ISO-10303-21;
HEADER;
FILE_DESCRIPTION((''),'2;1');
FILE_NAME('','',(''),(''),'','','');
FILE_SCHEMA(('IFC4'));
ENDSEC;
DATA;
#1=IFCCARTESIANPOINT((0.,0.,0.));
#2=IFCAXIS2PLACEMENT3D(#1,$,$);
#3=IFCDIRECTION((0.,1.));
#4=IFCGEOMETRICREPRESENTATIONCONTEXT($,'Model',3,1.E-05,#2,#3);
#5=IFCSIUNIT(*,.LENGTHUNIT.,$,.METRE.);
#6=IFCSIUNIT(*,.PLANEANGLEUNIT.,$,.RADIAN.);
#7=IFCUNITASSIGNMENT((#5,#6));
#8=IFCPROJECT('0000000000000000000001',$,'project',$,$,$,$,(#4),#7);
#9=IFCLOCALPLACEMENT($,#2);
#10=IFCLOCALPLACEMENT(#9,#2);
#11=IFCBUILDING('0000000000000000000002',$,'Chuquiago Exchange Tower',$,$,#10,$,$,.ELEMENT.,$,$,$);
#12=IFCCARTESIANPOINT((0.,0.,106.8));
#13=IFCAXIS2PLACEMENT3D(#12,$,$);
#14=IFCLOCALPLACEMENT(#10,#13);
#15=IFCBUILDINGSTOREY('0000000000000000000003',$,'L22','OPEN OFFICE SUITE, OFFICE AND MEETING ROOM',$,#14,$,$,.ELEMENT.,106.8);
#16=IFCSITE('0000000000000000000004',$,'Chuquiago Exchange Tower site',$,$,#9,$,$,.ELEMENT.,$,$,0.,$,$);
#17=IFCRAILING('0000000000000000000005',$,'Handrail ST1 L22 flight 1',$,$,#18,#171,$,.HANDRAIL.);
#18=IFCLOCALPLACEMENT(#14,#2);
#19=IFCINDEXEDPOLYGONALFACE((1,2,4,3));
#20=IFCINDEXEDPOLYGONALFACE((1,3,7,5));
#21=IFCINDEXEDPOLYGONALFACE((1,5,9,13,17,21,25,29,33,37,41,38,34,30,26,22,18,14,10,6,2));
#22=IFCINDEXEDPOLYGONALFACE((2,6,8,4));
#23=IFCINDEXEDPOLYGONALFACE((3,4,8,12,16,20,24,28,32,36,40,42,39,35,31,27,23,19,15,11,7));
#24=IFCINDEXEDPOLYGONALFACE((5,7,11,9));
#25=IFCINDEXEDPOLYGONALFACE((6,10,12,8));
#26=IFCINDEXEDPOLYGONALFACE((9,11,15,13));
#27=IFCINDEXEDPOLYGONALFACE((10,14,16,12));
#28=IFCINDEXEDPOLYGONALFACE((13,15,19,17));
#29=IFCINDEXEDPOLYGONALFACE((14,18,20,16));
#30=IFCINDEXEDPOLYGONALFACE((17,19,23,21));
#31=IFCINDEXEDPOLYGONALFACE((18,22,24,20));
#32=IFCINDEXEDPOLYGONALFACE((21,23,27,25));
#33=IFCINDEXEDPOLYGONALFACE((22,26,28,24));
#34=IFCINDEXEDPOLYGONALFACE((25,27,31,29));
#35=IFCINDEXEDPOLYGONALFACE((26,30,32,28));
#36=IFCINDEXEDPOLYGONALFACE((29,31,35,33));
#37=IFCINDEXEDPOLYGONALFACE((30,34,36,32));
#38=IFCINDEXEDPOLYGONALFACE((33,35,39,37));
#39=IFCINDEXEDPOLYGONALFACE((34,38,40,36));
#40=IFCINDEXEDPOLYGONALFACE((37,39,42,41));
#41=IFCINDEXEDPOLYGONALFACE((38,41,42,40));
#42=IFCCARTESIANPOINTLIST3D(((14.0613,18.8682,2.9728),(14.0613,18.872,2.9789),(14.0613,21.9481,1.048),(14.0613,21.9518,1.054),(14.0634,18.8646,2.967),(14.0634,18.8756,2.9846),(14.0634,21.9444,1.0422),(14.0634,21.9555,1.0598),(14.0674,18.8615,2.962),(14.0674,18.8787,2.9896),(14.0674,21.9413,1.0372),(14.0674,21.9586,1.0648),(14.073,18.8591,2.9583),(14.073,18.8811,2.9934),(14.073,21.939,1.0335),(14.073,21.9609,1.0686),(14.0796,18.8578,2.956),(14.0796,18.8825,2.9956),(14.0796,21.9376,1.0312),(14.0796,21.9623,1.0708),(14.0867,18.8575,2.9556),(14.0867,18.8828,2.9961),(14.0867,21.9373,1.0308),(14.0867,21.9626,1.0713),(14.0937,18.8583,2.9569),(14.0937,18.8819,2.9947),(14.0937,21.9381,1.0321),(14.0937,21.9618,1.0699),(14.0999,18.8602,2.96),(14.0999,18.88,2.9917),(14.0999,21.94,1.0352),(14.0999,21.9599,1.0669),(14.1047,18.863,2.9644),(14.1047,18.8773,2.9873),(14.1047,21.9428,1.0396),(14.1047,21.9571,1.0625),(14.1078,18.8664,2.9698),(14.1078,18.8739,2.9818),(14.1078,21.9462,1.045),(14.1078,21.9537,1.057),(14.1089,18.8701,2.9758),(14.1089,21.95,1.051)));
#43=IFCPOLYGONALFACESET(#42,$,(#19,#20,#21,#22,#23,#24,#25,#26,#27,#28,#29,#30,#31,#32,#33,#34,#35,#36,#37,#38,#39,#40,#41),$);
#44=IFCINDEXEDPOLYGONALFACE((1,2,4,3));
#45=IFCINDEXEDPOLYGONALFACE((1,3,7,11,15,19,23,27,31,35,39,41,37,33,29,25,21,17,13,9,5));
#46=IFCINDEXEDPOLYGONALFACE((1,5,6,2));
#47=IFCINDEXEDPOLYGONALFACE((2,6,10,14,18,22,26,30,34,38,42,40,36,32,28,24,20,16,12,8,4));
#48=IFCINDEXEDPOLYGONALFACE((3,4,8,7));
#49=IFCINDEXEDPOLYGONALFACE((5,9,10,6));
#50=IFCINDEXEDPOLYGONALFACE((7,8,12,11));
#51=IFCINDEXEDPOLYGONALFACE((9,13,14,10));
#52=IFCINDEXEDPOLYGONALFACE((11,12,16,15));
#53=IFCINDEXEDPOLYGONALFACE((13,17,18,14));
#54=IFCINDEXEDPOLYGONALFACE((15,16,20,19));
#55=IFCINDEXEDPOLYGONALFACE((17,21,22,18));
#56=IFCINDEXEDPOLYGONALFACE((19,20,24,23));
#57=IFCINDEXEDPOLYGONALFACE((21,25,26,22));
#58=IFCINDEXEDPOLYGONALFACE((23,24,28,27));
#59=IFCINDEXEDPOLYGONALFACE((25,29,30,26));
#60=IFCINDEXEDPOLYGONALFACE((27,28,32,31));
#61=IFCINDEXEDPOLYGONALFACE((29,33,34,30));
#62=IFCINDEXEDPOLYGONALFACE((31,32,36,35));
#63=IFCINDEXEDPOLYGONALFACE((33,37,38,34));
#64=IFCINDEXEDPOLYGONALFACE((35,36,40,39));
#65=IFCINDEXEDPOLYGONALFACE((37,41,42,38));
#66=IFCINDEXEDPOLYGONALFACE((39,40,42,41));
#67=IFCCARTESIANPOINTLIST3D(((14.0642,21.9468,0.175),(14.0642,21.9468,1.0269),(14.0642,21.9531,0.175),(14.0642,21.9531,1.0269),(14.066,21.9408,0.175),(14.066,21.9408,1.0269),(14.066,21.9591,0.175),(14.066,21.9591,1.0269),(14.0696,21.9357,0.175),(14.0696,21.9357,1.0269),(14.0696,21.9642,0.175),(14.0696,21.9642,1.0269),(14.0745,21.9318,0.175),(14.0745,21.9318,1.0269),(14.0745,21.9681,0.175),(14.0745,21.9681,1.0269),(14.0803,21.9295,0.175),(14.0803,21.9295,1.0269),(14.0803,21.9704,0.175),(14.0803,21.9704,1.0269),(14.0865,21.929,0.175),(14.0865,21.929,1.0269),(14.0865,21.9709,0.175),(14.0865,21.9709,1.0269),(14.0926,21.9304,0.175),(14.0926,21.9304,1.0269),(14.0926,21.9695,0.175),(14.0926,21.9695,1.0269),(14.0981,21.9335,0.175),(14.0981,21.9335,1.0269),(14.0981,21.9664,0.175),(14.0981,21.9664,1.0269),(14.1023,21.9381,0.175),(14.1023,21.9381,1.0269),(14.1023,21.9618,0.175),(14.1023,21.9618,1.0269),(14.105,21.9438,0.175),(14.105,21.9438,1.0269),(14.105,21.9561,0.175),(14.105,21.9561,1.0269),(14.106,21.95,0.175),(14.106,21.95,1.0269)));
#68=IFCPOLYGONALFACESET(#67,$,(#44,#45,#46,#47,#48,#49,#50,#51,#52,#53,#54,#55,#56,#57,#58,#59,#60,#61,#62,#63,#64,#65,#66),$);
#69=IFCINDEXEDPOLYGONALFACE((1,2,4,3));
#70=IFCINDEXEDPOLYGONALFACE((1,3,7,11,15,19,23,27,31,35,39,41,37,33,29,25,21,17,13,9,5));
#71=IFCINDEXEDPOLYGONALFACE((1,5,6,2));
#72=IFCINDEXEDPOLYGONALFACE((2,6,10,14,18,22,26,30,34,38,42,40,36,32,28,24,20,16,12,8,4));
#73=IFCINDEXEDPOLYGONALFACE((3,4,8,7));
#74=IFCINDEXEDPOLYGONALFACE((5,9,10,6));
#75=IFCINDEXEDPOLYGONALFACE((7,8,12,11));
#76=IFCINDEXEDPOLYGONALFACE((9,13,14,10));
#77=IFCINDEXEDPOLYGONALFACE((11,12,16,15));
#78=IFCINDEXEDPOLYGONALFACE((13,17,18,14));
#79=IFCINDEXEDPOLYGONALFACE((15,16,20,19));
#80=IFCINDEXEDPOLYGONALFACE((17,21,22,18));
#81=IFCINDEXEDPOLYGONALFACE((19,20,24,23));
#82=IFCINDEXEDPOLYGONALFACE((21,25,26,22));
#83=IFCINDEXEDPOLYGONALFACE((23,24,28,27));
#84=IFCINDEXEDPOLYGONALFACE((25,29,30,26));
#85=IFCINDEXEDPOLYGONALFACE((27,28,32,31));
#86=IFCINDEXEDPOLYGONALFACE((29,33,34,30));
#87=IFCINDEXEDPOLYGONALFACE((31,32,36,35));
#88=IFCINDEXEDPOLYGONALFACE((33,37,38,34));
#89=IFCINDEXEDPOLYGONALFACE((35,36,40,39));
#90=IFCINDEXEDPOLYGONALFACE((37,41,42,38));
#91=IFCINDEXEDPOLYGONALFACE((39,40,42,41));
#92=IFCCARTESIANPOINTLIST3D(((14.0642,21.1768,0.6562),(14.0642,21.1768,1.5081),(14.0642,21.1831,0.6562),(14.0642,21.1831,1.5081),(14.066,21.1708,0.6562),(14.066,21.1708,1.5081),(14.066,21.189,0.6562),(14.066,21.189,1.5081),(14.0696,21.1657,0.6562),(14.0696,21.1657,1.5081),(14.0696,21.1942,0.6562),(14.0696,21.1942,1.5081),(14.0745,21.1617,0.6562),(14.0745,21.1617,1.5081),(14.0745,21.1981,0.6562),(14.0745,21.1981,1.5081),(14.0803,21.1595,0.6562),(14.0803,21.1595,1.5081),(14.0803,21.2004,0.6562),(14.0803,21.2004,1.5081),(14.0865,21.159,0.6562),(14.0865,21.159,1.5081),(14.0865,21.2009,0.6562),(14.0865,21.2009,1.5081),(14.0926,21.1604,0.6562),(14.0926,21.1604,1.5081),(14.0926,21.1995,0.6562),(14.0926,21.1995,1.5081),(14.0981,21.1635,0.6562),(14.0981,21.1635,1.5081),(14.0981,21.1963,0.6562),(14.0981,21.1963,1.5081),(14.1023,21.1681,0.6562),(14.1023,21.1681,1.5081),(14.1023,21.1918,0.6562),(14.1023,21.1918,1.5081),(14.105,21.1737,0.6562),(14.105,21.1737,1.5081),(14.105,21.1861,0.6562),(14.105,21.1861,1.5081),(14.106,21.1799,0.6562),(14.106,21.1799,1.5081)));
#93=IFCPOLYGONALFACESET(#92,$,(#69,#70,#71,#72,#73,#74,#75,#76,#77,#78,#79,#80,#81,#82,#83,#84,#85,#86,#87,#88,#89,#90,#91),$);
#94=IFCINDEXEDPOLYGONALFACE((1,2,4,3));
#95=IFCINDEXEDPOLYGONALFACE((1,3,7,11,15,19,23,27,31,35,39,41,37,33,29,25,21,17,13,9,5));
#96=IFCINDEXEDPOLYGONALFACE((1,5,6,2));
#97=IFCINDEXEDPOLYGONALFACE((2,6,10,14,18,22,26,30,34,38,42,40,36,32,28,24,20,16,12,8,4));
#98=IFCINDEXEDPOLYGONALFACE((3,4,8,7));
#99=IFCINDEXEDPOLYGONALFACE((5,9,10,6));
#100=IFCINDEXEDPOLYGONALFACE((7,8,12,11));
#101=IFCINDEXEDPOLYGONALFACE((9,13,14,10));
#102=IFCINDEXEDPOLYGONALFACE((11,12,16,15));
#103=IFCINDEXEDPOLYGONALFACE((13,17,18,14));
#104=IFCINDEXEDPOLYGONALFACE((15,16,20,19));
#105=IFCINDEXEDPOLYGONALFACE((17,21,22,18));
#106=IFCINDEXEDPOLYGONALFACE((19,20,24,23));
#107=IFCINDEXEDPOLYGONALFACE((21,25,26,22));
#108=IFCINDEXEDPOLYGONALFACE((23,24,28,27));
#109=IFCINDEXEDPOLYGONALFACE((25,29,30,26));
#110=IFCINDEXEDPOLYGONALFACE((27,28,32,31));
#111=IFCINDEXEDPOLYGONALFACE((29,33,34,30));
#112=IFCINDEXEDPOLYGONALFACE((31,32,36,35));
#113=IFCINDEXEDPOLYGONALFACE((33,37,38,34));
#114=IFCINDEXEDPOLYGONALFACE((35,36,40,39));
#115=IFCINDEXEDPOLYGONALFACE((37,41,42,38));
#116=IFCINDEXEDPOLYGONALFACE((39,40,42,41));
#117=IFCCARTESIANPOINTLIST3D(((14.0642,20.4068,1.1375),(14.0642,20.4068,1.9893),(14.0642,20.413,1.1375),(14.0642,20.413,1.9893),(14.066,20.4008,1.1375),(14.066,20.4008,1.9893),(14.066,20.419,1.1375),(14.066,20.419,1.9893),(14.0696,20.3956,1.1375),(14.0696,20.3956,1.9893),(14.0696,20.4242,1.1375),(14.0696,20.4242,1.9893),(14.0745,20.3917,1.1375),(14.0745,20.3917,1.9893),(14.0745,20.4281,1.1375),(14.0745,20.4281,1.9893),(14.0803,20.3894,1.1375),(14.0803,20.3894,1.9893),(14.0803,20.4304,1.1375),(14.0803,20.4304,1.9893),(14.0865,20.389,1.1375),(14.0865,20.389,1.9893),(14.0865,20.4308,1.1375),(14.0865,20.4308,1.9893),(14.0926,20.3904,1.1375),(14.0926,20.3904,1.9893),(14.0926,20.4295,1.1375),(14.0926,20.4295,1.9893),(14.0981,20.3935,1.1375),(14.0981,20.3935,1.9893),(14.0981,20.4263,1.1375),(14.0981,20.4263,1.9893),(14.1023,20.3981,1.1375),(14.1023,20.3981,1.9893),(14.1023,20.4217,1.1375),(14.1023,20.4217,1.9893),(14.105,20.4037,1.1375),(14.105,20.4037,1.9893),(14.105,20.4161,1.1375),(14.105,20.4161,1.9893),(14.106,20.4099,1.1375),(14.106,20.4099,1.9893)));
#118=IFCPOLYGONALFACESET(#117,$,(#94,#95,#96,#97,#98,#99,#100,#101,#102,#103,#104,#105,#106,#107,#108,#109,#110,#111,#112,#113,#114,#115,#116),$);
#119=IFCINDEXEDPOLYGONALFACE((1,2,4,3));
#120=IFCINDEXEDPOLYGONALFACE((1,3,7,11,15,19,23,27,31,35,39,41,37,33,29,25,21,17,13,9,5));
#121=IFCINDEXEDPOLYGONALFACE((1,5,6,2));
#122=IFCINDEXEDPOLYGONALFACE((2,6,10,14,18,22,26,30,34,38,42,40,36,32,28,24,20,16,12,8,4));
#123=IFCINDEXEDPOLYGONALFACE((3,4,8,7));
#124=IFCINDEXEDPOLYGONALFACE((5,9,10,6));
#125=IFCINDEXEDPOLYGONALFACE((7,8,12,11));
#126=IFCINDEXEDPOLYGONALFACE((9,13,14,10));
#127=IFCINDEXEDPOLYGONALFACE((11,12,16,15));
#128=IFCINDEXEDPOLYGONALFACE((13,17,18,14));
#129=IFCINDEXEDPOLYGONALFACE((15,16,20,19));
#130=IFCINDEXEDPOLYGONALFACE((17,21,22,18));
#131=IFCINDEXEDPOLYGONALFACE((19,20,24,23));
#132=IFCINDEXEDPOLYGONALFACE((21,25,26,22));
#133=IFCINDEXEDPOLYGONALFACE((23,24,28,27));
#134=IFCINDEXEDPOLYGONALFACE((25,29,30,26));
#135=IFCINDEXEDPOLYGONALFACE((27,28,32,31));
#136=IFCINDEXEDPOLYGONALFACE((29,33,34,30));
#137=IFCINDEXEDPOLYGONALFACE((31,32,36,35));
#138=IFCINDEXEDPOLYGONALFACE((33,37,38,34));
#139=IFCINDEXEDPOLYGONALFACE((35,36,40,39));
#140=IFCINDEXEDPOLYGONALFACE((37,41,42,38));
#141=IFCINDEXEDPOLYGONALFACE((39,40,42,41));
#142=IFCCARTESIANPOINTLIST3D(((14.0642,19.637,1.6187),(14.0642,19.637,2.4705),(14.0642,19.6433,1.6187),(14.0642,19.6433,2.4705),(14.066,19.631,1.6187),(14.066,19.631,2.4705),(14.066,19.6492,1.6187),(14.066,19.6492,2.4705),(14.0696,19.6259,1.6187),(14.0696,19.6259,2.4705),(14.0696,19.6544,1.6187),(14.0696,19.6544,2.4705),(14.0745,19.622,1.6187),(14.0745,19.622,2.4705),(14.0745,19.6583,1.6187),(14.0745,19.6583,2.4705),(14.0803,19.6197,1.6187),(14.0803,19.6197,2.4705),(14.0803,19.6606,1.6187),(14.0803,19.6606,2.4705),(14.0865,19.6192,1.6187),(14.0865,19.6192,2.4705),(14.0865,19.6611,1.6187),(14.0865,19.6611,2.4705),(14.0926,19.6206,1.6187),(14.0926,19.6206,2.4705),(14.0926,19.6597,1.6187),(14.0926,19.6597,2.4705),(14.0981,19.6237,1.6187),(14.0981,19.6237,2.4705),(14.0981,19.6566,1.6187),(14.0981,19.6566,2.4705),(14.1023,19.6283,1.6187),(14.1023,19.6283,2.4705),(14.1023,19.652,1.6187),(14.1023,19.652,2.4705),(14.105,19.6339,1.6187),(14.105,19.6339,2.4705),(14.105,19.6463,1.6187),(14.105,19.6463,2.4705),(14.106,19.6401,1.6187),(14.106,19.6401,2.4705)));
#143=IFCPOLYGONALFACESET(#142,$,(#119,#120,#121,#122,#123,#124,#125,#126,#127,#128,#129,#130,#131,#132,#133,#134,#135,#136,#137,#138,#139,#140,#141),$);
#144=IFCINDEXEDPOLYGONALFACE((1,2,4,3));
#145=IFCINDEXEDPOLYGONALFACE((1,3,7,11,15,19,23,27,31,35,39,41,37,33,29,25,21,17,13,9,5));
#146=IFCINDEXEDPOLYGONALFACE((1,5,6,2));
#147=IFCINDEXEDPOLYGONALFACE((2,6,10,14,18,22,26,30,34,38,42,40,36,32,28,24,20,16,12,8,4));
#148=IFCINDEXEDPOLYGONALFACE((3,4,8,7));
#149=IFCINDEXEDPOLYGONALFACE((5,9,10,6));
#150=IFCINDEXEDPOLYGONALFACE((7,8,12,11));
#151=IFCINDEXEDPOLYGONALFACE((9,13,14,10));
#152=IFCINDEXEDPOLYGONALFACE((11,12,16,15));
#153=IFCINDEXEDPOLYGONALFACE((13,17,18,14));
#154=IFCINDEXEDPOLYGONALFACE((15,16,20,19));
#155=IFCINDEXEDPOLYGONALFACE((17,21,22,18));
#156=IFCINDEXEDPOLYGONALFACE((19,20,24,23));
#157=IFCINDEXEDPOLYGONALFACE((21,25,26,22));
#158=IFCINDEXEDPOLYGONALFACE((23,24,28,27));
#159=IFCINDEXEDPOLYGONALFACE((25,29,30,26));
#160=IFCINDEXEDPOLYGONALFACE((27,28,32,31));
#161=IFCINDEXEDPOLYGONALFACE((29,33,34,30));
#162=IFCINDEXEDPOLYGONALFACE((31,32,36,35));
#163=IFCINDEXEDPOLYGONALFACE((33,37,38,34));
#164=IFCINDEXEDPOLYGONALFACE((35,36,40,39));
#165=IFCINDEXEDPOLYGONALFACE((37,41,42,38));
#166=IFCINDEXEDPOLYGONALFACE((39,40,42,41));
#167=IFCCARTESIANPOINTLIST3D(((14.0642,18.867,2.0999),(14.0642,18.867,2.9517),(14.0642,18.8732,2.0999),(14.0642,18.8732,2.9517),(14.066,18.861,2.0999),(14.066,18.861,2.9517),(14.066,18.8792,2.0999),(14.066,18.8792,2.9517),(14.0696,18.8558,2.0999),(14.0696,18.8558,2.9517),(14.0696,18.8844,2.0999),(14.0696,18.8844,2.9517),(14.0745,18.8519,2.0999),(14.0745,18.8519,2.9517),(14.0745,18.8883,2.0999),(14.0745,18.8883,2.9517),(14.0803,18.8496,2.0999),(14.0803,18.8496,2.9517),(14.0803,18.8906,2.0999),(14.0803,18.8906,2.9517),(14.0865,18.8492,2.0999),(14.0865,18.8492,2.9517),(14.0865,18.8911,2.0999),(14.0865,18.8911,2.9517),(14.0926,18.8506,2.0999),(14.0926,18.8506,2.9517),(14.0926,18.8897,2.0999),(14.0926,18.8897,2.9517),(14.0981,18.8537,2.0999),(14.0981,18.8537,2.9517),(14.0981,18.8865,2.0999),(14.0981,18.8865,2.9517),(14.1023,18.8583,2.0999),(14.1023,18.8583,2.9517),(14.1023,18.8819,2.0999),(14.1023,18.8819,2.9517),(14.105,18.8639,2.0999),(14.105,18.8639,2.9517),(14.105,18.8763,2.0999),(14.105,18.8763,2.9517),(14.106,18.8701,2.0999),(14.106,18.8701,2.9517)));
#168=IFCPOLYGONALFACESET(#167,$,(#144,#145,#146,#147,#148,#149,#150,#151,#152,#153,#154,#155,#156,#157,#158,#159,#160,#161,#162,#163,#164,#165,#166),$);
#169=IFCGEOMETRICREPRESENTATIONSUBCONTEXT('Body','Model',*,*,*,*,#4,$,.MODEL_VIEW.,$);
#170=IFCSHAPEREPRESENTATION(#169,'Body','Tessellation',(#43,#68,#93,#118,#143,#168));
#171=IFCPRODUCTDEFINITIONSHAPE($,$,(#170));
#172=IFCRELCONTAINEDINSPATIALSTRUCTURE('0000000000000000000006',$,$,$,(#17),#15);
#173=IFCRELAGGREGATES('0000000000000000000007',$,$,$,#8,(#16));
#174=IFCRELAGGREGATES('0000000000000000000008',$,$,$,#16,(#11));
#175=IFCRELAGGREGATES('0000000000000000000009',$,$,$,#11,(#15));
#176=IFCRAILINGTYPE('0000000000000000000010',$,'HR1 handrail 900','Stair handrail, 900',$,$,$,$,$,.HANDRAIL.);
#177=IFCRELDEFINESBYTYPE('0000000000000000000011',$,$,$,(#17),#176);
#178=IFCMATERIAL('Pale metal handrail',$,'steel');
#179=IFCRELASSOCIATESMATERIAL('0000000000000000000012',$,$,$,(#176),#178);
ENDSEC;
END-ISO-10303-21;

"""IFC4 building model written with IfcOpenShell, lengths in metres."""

from ifc_helpers import new_model, si_unit, direction, frame, origin, origin_2d, place, context, subcontext, project, spatial, circle, extrude, material, type_object, element, save


model = new_model("IFC4")

# Units and contexts
model_context = context("Model", 3, precision=1e-05, world=origin(), true_north=direction((0.0, 1.0)))
body_context = subcontext(model_context, "Body", "Model", "MODEL_VIEW")
ifc_project = project(units=[si_unit("LENGTHUNIT", "METRE"), si_unit("PLANEANGLEUNIT", "RADIAN")], contexts=[model_context])

# Site, building, storey
site_placement = place(None, origin())
site = spatial("IfcSite", under=ifc_project, at=site_placement, Name="Chuquiago Exchange Tower site", CompositionType="ELEMENT", RefElevation=0.0)
building_placement = place(site_placement, origin())
building = spatial("IfcBuilding", under=site, at=building_placement, Name="Chuquiago Exchange Tower", CompositionType="ELEMENT")
storey_placement = place(building_placement, frame((0.0, 0.0, 106.8)))
storey = spatial("IfcBuildingStorey", under=building, at=storey_placement, Name="L22", Description="OPEN OFFICE SUITE, OFFICE AND MEETING ROOM", CompositionType="ELEMENT", Elevation=106.8)

# Railing
ifc_material_1 = material(Name="Pale metal handrail", Category="steel")
railing_type_1 = type_object("IfcRailingType", Name="HR1 handrail 900", Description="Stair handrail, 900", PredefinedType="HANDRAIL", material=ifc_material_1)
for number, where, name in (
    (1, (14.085, 21.95, 0.175), "Handrail ST1 L22 flight 1"),
):
    element("IfcRailing", number, at=place(storey_placement, frame(where)), inside=storey, type_object=railing_type_1, Name=name, PredefinedType="HANDRAIL", context=body_context, shape_type="SweptSolid", body=[
        extrude(circle(Radius=0.0239, at=origin_2d()), frame((0.0, 0.0, 0.876), z_axis=(0.0, -0.84801, 0.529981), x_axis=(1.0, 0.0, 0.0)), (0.0, 0.0, 1.0), 3.6318),
        extrude(circle(Radius=0.021, at=origin_2d()), origin(), (0.0, 0.0, 1.0), 0.8518),
        extrude(circle(Radius=0.021, at=origin_2d()), frame((0.0, -0.77, 0.4812)), (0.0, 0.0, 1.0), 0.8518),
        extrude(circle(Radius=0.021, at=origin_2d()), frame((0.0, -1.54, 0.9624)), (0.0, 0.0, 1.0), 0.8518),
        extrude(circle(Radius=0.021, at=origin_2d()), frame((0.0, -2.3098, 1.4436)), (0.0, 0.0, 1.0), 0.8518),
        extrude(circle(Radius=0.021, at=origin_2d()), frame((0.0, -3.0798, 1.9248)), (0.0, 0.0, 1.0), 0.8518),
    ])

save(model, "model.ifc")
